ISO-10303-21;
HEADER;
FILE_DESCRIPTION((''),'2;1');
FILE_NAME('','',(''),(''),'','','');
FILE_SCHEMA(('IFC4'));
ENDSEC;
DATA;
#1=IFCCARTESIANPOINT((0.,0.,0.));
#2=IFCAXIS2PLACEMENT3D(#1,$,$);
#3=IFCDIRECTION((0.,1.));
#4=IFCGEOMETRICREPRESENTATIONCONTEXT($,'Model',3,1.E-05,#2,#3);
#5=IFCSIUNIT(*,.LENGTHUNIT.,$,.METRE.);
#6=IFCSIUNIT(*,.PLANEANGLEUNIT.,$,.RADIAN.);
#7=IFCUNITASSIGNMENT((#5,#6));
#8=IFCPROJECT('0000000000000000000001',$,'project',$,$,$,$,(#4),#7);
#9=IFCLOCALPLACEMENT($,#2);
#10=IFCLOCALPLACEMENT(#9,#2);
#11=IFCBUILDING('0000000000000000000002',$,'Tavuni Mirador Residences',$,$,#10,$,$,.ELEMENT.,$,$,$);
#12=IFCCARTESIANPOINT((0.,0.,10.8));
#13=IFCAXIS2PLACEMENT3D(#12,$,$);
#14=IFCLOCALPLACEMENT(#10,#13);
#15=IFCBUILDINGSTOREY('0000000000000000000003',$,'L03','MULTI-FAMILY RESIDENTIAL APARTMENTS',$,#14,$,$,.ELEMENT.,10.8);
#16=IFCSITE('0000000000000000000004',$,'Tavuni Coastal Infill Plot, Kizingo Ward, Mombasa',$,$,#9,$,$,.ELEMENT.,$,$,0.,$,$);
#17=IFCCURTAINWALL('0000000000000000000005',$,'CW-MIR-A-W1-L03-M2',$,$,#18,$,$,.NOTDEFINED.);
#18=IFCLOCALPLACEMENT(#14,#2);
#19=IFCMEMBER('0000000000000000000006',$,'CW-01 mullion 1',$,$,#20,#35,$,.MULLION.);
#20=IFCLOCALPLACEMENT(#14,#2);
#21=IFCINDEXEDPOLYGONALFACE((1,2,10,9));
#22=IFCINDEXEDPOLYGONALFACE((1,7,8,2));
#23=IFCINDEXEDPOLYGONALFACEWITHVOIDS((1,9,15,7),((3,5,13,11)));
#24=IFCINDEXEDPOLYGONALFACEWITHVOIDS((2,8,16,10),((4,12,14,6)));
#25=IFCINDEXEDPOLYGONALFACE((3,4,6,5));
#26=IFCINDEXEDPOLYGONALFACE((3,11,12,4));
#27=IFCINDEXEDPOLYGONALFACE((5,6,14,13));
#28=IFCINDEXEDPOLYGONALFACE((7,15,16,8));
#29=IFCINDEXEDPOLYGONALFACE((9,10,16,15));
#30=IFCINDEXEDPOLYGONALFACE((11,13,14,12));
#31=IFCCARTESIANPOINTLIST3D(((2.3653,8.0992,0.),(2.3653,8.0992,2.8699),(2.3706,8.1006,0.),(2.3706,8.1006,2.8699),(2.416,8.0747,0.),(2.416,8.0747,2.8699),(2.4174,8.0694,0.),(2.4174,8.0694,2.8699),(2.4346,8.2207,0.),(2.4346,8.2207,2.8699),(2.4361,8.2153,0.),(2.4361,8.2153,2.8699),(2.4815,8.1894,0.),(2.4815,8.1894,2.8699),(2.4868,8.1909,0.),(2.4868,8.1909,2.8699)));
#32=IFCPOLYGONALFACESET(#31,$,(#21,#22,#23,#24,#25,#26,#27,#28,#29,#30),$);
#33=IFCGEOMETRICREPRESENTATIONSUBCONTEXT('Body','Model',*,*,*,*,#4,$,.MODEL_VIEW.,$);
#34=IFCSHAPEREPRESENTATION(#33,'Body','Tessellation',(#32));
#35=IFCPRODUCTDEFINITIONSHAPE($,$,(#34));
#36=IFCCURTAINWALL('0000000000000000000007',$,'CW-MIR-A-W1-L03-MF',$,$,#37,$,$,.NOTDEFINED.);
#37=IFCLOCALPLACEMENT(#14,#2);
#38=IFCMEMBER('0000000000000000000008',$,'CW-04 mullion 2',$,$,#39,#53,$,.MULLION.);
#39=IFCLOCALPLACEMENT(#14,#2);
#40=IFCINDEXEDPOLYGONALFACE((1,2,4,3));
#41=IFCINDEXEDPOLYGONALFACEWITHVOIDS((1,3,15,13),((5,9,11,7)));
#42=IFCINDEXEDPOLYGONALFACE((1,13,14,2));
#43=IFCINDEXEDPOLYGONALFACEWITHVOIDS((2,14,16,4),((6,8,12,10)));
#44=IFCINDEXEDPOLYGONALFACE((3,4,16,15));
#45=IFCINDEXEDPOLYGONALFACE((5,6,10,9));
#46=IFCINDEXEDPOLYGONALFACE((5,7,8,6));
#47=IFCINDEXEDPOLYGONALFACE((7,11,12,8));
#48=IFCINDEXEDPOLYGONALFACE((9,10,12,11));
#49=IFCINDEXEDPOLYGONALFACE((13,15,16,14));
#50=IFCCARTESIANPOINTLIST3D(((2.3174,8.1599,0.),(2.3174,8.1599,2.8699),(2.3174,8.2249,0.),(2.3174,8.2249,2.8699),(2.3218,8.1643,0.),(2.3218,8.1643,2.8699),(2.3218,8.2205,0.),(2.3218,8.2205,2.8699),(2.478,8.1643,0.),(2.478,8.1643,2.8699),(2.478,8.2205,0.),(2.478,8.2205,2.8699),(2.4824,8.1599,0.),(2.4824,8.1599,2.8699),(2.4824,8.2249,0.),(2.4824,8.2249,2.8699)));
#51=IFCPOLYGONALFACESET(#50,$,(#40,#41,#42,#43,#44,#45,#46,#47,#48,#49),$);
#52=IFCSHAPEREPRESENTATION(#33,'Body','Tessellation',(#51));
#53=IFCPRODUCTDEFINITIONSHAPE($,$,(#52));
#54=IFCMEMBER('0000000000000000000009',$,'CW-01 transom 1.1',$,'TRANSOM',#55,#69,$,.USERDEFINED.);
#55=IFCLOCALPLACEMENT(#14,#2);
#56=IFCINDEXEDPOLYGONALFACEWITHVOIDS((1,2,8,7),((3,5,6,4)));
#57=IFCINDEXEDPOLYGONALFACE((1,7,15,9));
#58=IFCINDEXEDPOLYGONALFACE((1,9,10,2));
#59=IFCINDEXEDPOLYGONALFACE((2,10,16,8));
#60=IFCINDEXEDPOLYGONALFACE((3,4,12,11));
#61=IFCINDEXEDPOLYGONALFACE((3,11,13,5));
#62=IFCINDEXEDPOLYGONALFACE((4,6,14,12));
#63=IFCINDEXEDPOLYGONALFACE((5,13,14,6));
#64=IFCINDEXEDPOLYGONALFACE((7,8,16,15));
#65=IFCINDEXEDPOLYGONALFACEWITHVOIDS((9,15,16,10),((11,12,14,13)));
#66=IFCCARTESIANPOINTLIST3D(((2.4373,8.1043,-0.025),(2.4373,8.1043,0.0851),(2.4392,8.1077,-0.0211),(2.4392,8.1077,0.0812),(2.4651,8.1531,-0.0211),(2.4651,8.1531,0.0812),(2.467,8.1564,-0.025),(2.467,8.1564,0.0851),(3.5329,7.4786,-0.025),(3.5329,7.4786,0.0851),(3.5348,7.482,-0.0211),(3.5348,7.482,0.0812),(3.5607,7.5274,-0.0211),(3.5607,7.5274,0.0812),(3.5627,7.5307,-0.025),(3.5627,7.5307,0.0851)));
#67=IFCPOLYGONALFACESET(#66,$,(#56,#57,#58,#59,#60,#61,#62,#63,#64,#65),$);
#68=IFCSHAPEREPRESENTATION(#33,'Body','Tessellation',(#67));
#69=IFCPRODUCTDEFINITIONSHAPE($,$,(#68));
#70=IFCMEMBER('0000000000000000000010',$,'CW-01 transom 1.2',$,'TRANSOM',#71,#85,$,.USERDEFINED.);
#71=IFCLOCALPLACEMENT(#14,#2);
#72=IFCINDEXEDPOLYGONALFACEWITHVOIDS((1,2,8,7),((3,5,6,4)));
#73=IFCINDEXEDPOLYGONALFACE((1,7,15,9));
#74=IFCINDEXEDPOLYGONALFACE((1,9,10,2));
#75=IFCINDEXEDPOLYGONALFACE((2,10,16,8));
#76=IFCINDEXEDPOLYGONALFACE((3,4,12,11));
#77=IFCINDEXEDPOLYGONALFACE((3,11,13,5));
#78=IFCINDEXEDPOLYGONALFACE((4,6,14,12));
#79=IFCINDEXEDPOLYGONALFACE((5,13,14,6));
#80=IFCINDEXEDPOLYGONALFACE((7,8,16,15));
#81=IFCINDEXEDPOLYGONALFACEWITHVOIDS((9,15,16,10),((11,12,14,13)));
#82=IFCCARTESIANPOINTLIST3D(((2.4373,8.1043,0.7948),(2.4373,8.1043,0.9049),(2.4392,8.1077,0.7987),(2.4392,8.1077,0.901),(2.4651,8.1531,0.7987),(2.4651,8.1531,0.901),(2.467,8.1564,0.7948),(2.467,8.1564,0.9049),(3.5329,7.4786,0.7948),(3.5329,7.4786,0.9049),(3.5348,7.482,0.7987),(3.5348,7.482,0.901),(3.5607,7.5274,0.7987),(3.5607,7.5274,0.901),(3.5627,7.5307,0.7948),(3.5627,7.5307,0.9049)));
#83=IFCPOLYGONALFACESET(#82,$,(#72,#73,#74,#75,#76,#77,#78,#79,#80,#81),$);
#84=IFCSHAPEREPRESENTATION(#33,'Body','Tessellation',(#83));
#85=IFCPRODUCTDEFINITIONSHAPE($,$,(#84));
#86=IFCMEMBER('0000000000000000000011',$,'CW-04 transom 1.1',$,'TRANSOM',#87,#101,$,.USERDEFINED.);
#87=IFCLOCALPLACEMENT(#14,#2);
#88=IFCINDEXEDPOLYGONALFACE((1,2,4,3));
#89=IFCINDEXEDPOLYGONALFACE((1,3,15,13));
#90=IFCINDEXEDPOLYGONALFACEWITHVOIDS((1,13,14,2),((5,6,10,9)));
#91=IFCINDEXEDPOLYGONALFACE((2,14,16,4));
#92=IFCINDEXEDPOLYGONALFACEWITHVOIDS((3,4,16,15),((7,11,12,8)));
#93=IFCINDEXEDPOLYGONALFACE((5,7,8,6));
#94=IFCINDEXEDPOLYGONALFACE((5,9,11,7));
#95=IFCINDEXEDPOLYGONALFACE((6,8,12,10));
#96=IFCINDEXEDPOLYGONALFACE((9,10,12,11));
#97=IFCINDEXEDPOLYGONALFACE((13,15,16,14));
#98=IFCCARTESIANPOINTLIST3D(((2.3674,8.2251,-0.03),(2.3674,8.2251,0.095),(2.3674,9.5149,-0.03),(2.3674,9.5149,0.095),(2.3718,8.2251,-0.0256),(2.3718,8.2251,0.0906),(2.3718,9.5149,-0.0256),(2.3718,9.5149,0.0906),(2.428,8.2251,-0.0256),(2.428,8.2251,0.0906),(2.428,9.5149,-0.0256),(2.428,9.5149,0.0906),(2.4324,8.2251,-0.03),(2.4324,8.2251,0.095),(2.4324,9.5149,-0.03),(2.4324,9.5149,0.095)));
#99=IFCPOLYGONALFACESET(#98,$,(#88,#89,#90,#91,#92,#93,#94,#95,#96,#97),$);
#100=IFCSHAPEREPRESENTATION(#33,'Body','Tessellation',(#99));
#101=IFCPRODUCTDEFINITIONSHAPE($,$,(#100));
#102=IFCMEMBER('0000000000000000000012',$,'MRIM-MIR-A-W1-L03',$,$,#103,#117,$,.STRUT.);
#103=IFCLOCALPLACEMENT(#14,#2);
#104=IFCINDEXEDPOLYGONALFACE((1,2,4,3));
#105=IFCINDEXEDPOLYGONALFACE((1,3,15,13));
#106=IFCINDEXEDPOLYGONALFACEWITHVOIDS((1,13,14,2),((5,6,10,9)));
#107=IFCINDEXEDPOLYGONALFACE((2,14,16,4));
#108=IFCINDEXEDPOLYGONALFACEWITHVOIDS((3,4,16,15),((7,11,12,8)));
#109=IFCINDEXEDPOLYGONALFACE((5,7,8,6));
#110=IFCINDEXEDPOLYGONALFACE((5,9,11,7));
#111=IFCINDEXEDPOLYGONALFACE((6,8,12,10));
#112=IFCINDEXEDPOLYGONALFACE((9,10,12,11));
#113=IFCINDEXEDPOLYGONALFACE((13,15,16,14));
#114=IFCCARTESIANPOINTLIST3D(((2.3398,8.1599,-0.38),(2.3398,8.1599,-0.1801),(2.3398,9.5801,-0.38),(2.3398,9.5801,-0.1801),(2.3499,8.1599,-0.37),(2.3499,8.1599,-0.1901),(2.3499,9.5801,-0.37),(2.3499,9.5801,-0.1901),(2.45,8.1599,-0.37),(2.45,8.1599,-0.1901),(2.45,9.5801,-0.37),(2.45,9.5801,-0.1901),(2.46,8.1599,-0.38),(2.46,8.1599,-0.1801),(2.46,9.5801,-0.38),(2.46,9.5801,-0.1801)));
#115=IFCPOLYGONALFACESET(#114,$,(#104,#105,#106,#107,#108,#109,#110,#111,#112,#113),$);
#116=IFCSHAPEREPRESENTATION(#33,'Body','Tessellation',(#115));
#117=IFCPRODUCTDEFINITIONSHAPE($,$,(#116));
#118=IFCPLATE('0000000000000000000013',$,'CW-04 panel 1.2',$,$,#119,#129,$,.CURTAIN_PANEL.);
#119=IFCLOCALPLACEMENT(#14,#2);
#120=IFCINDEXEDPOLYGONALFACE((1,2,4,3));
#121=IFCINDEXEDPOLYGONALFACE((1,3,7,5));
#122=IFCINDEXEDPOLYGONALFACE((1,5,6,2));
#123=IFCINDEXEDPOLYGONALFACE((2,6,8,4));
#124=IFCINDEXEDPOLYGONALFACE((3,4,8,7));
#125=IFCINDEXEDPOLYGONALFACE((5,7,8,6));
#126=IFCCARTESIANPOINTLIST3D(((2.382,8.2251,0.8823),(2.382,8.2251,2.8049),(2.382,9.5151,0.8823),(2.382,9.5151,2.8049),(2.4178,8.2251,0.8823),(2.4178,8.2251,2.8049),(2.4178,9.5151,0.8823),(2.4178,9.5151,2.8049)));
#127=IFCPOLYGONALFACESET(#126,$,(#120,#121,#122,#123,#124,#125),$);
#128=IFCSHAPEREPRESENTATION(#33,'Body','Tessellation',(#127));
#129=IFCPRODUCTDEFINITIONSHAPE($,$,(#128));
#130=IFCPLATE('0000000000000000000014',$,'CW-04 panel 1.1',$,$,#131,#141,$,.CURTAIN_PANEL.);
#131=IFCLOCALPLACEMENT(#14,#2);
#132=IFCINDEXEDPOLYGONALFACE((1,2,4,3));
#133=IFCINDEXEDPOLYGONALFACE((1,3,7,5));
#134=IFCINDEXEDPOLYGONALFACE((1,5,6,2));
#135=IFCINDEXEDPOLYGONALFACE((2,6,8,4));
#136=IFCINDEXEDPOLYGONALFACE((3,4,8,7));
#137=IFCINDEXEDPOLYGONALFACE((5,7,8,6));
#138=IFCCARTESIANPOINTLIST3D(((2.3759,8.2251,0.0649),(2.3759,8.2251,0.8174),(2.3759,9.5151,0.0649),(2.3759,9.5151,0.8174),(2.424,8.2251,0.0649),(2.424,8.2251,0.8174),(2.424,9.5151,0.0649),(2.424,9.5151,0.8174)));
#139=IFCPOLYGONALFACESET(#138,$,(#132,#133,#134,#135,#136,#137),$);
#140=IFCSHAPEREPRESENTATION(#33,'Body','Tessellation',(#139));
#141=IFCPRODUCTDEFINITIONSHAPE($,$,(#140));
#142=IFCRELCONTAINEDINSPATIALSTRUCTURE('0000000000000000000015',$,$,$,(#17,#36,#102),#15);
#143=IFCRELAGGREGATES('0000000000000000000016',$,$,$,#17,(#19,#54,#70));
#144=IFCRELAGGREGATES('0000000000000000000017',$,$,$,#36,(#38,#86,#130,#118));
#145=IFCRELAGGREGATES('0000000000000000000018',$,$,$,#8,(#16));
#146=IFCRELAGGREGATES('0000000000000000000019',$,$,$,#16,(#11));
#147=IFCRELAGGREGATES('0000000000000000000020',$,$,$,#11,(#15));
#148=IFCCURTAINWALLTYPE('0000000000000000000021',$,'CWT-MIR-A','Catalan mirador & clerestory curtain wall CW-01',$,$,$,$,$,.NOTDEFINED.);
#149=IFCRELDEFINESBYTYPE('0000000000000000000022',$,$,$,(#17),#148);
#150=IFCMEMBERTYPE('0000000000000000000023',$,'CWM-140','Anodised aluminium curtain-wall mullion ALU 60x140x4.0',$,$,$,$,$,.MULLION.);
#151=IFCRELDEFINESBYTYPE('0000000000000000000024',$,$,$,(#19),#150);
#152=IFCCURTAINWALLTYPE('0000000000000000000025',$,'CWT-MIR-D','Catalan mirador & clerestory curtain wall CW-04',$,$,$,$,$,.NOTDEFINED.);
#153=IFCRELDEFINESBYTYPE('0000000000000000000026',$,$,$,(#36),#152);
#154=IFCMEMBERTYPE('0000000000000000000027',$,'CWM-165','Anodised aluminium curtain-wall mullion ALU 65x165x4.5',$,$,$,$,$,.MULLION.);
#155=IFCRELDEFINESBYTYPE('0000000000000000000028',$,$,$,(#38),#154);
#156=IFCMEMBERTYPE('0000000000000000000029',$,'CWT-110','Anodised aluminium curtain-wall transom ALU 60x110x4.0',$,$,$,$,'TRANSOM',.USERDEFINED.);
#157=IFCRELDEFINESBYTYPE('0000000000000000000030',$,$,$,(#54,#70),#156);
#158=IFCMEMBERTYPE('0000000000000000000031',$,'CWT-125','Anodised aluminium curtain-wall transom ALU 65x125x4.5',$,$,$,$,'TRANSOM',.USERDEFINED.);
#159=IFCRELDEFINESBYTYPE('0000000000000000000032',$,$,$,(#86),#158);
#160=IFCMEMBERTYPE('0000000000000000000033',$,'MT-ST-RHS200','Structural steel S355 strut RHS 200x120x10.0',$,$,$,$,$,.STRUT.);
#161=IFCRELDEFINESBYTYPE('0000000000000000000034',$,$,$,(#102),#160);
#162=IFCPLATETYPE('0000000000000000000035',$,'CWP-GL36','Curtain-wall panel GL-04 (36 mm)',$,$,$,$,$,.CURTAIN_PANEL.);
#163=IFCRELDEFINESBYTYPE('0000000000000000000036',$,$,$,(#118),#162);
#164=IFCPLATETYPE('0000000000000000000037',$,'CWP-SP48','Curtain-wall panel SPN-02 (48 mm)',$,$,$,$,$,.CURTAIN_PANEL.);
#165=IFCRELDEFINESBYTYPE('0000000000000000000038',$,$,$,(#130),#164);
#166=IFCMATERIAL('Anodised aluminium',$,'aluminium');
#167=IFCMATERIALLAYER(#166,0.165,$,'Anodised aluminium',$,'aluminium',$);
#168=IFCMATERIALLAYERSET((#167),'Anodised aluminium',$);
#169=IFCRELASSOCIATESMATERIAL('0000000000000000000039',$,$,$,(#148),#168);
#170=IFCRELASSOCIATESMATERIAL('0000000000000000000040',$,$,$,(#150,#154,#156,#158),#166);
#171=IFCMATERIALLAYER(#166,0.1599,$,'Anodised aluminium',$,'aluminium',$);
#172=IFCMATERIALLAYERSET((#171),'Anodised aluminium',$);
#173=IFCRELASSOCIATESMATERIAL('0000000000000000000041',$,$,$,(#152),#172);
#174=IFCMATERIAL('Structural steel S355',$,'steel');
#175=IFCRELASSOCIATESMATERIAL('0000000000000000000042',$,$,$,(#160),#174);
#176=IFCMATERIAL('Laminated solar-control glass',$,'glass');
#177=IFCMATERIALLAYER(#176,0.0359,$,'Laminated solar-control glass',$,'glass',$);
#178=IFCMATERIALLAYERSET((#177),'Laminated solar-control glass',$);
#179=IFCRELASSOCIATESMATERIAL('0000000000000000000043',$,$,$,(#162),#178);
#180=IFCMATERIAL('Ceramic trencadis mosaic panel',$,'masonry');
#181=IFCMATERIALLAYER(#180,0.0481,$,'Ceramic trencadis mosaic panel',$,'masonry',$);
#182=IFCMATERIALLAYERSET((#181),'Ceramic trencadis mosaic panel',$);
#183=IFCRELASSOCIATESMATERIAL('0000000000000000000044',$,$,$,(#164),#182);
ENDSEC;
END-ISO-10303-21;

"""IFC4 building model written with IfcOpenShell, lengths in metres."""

from ifc_helpers import new_model, si_unit, direction, frame, origin, origin_2d, place, context, subcontext, project, spatial, rectangle, hollow_rectangle, extrude, material, layer, layer_set, material_profile, profile_set, type_object, element, aggregate, save


model = new_model("IFC4")

# Units and contexts
model_context = context("Model", 3, precision=1e-05, world=origin(), true_north=direction((0.0, 1.0)))
body_context = subcontext(model_context, "Body", "Model", "MODEL_VIEW")
ifc_project = project(units=[si_unit("LENGTHUNIT", "METRE"), si_unit("PLANEANGLEUNIT", "RADIAN")], contexts=[model_context])

# Site, building, storey
site_placement = place(None, origin())
site = spatial("IfcSite", under=ifc_project, at=site_placement, Name="Tavuni Coastal Infill Plot, Kizingo Ward, Mombasa", CompositionType="ELEMENT", RefElevation=0.0)
building_placement = place(site_placement, origin())
building = spatial("IfcBuilding", under=site, at=building_placement, Name="Tavuni Mirador Residences", CompositionType="ELEMENT")
storey_placement = place(building_placement, frame((0.0, 0.0, 10.8)))
storey = spatial("IfcBuildingStorey", under=building, at=storey_placement, Name="L03", Description="MULTI-FAMILY RESIDENTIAL APARTMENTS", CompositionType="ELEMENT", Elevation=10.8)

# Curtain walls, members
ifc_material_1 = material(Name="Anodised aluminium", Category="aluminium")
ifc_layer_1 = layer(ifc_material_1, 0.165, Name="Anodised aluminium", Category="aluminium")
ifc_layer_set_1 = layer_set([ifc_layer_1], Name="Anodised aluminium")
curtain_wall_type_1 = type_object("IfcCurtainWallType", Name="CWT-MIR-A", Description="Catalan mirador & clerestory curtain wall CW-01", PredefinedType="NOTDEFINED", material=ifc_layer_set_1)
curtain_wall_1_placement = place(storey_placement, origin())
curtain_wall_1 = element("IfcCurtainWall", 1, at=curtain_wall_1_placement, inside=storey, type_object=curtain_wall_type_1, Name="CW-MIR-A-W1-L03-M2", PredefinedType="NOTDEFINED")
ifc_material_profile_1 = material_profile(ifc_material_1, hollow_rectangle(XDim=0.0601, YDim=0.1399, WallThickness=0.0039, at=origin_2d()), Name="ALU 60x140x4.0", Category="aluminium")
ifc_profile_set_1 = profile_set([ifc_material_profile_1], Name="Anodised aluminium")
member_type_1 = type_object("IfcMemberType", Name="CWM-140", Description="Anodised aluminium curtain-wall mullion ALU 60x140x4.0", PredefinedType="MULLION", material=ifc_profile_set_1)
member_1_placement = place(storey_placement, frame((2.426, 8.145, 0.0), z_axis=(0.0, 0.0, 1.0), x_axis=(0.868466, -0.495749, 0.0)))
member_1 = element("IfcMember", 2, at=member_1_placement, type_object=member_type_1, Name="CW-01 mullion 1", PredefinedType="MULLION", context=body_context, shape_type="SweptSolid", body=[
    extrude(hollow_rectangle(XDim=0.0601, YDim=0.1399, WallThickness=0.0039, at=origin_2d()), origin(), (0.0, 0.0, 1.0), 2.8699),
])
ifc_layer_2 = layer(ifc_material_1, 0.1599, Name="Anodised aluminium", Category="aluminium")
ifc_layer_set_2 = layer_set([ifc_layer_2], Name="Anodised aluminium")
curtain_wall_type_2 = type_object("IfcCurtainWallType", Name="CWT-MIR-D", Description="Catalan mirador & clerestory curtain wall CW-04", PredefinedType="NOTDEFINED", material=ifc_layer_set_2)
curtain_wall_2_placement = place(storey_placement, origin())
curtain_wall_2 = element("IfcCurtainWall", 3, at=curtain_wall_2_placement, inside=storey, type_object=curtain_wall_type_2, Name="CW-MIR-A-W1-L03-MF", PredefinedType="NOTDEFINED")
ifc_material_profile_2 = material_profile(ifc_material_1, hollow_rectangle(XDim=0.0649, YDim=0.165, WallThickness=0.0044, at=origin_2d()), Name="ALU 65x165x4.5", Category="aluminium")
ifc_profile_set_2 = profile_set([ifc_material_profile_2], Name="Anodised aluminium")
member_type_2 = type_object("IfcMemberType", Name="CWM-165", Description="Anodised aluminium curtain-wall mullion ALU 65x165x4.5", PredefinedType="MULLION", material=ifc_profile_set_2)
member_2_placement = place(storey_placement, frame((2.3999, 8.1924, 0.0), z_axis=(0.0, 0.0, 1.0), x_axis=(0.0, -1.0, 0.0)))
member_2 = element("IfcMember", 4, at=member_2_placement, type_object=member_type_2, Name="CW-04 mullion 2", PredefinedType="MULLION", context=body_context, shape_type="SweptSolid", body=[
    extrude(hollow_rectangle(XDim=0.0649, YDim=0.165, WallThickness=0.0044, at=origin_2d()), origin(), (0.0, 0.0, 1.0), 2.8699),
])

# Members
ifc_material_profile_3 = material_profile(ifc_material_1, hollow_rectangle(XDim=0.0601, YDim=0.1101, WallThickness=0.0039, at=origin_2d()), Name="ALU 60x110x4.0", Category="aluminium")
ifc_profile_set_3 = profile_set([ifc_material_profile_3], Name="Anodised aluminium")
member_type_3 = type_object("IfcMemberType", Name="CWT-110", Description="Anodised aluminium curtain-wall transom ALU 60x110x4.0", ElementType="TRANSOM", PredefinedType="USERDEFINED", material=ifc_profile_set_3)
member_3_placement = place(storey_placement, frame((2.4521, 8.1304, 0.03), z_axis=(0.868374, -0.49591, 0.0), x_axis=(0.49591, 0.868374, 0.0)))
member_3 = element("IfcMember", 5, at=member_3_placement, type_object=member_type_3, Name="CW-01 transom 1.1", ObjectType="TRANSOM", PredefinedType="USERDEFINED", context=body_context, shape_type="SweptSolid", body=[
    extrude(hollow_rectangle(XDim=0.0601, YDim=0.1101, WallThickness=0.0039, at=origin_2d()), origin(), (0.0, 0.0, 1.0), 1.2617),
])
member_4_placement = place(storey_placement, frame((2.4521, 8.1304, 0.8499), z_axis=(0.868374, -0.49591, 0.0), x_axis=(0.49591, 0.868374, 0.0)))
member_4 = element("IfcMember", 6, at=member_4_placement, type_object=member_type_3, Name="CW-01 transom 1.2", ObjectType="TRANSOM", PredefinedType="USERDEFINED", context=body_context, shape_type="SweptSolid", body=[
    extrude(hollow_rectangle(XDim=0.0601, YDim=0.1101, WallThickness=0.0039, at=origin_2d()), origin(), (0.0, 0.0, 1.0), 1.2617),
])
aggregate(curtain_wall_1, [member_1, member_3, member_4])
ifc_material_profile_4 = material_profile(ifc_material_1, hollow_rectangle(XDim=0.0649, YDim=0.125, WallThickness=0.0044, at=origin_2d()), Name="ALU 65x125x4.5", Category="aluminium")
ifc_profile_set_4 = profile_set([ifc_material_profile_4], Name="Anodised aluminium")
member_type_4 = type_object("IfcMemberType", Name="CWT-125", Description="Anodised aluminium curtain-wall transom ALU 65x125x4.5", ElementType="TRANSOM", PredefinedType="USERDEFINED", material=ifc_profile_set_4)
member_5_placement = place(storey_placement, frame((2.3999, 9.5149, 0.0325), z_axis=(0.0, -1.0, 0.0), x_axis=(1.0, 0.0, 0.0)))
member_5 = element("IfcMember", 7, at=member_5_placement, type_object=member_type_4, Name="CW-04 transom 1.1", ObjectType="TRANSOM", PredefinedType="USERDEFINED", context=body_context, shape_type="SweptSolid", body=[
    extrude(hollow_rectangle(XDim=0.0649, YDim=0.125, WallThickness=0.0044, at=origin_2d()), origin(), (0.0, 0.0, 1.0), 1.2898),
])
ifc_material_2 = material(Name="Structural steel S355", Category="steel")
ifc_material_profile_5 = material_profile(ifc_material_2, hollow_rectangle(XDim=0.1201, YDim=0.2, WallThickness=0.01, at=origin_2d()), Name="RHS 200x120x10.0", Category="steel")
ifc_profile_set_5 = profile_set([ifc_material_profile_5], Name="Structural steel S355")
member_type_5 = type_object("IfcMemberType", Name="MT-ST-RHS200", Description="Structural steel S355 strut RHS 200x120x10.0", PredefinedType="STRUT", material=ifc_profile_set_5)
member_6_placement = place(storey_placement, frame((2.3999, 8.1599, -0.28), z_axis=(0.0, 1.0, 0.0), x_axis=(-1.0, 0.0, 0.0)))
element("IfcMember", 8, at=member_6_placement, inside=storey, type_object=member_type_5, Name="MRIM-MIR-A-W1-L03", PredefinedType="STRUT", context=body_context, shape_type="SweptSolid", body=[
    extrude(hollow_rectangle(XDim=0.1201, YDim=0.2, WallThickness=0.01, at=origin_2d()), origin(), (0.0, 0.0, 1.0), 1.4202),
])

# Plates
ifc_material_3 = material(Name="Laminated solar-control glass", Category="glass")
ifc_layer_3 = layer(ifc_material_3, 0.0359, Name="Laminated solar-control glass", Category="glass")
ifc_layer_set_3 = layer_set([ifc_layer_3], Name="Laminated solar-control glass")
plate_type_1 = type_object("IfcPlateType", Name="CWP-GL36", Description="Curtain-wall panel GL-04 (36 mm)", PredefinedType="CURTAIN_PANEL", material=ifc_layer_set_3)
plate_1_placement = place(storey_placement, frame((2.3999, 8.8701, 0.8823), z_axis=(0.0, 0.0, 1.0), x_axis=(0.0, -1.0, 0.0)))
plate_1 = element("IfcPlate", 9, at=plate_1_placement, type_object=plate_type_1, Name="CW-04 panel 1.2", PredefinedType="CURTAIN_PANEL", context=body_context, shape_type="SweptSolid", body=[
    extrude(rectangle(XDim=1.29, YDim=0.0359, at=origin_2d()), origin(), (0.0, 0.0, 1.0), 1.9226),
])
ifc_material_4 = material(Name="Ceramic trencadis mosaic panel", Category="masonry")
ifc_layer_4 = layer(ifc_material_4, 0.0481, Name="Ceramic trencadis mosaic panel", Category="masonry")
ifc_layer_set_4 = layer_set([ifc_layer_4], Name="Ceramic trencadis mosaic panel")
plate_type_2 = type_object("IfcPlateType", Name="CWP-SP48", Description="Curtain-wall panel SPN-02 (48 mm)", PredefinedType="CURTAIN_PANEL", material=ifc_layer_set_4)
plate_2_placement = place(storey_placement, frame((2.3999, 8.8701, 0.0649), z_axis=(0.0, 0.0, 1.0), x_axis=(0.0, -1.0, 0.0)))
plate_2 = element("IfcPlate", 10, at=plate_2_placement, type_object=plate_type_2, Name="CW-04 panel 1.1", PredefinedType="CURTAIN_PANEL", context=body_context, shape_type="SweptSolid", body=[
    extrude(rectangle(XDim=1.29, YDim=0.0481, at=origin_2d()), origin(), (0.0, 0.0, 1.0), 0.7524),
])
aggregate(curtain_wall_2, [member_2, member_5, plate_2, plate_1])

save(model, "model.ifc")
